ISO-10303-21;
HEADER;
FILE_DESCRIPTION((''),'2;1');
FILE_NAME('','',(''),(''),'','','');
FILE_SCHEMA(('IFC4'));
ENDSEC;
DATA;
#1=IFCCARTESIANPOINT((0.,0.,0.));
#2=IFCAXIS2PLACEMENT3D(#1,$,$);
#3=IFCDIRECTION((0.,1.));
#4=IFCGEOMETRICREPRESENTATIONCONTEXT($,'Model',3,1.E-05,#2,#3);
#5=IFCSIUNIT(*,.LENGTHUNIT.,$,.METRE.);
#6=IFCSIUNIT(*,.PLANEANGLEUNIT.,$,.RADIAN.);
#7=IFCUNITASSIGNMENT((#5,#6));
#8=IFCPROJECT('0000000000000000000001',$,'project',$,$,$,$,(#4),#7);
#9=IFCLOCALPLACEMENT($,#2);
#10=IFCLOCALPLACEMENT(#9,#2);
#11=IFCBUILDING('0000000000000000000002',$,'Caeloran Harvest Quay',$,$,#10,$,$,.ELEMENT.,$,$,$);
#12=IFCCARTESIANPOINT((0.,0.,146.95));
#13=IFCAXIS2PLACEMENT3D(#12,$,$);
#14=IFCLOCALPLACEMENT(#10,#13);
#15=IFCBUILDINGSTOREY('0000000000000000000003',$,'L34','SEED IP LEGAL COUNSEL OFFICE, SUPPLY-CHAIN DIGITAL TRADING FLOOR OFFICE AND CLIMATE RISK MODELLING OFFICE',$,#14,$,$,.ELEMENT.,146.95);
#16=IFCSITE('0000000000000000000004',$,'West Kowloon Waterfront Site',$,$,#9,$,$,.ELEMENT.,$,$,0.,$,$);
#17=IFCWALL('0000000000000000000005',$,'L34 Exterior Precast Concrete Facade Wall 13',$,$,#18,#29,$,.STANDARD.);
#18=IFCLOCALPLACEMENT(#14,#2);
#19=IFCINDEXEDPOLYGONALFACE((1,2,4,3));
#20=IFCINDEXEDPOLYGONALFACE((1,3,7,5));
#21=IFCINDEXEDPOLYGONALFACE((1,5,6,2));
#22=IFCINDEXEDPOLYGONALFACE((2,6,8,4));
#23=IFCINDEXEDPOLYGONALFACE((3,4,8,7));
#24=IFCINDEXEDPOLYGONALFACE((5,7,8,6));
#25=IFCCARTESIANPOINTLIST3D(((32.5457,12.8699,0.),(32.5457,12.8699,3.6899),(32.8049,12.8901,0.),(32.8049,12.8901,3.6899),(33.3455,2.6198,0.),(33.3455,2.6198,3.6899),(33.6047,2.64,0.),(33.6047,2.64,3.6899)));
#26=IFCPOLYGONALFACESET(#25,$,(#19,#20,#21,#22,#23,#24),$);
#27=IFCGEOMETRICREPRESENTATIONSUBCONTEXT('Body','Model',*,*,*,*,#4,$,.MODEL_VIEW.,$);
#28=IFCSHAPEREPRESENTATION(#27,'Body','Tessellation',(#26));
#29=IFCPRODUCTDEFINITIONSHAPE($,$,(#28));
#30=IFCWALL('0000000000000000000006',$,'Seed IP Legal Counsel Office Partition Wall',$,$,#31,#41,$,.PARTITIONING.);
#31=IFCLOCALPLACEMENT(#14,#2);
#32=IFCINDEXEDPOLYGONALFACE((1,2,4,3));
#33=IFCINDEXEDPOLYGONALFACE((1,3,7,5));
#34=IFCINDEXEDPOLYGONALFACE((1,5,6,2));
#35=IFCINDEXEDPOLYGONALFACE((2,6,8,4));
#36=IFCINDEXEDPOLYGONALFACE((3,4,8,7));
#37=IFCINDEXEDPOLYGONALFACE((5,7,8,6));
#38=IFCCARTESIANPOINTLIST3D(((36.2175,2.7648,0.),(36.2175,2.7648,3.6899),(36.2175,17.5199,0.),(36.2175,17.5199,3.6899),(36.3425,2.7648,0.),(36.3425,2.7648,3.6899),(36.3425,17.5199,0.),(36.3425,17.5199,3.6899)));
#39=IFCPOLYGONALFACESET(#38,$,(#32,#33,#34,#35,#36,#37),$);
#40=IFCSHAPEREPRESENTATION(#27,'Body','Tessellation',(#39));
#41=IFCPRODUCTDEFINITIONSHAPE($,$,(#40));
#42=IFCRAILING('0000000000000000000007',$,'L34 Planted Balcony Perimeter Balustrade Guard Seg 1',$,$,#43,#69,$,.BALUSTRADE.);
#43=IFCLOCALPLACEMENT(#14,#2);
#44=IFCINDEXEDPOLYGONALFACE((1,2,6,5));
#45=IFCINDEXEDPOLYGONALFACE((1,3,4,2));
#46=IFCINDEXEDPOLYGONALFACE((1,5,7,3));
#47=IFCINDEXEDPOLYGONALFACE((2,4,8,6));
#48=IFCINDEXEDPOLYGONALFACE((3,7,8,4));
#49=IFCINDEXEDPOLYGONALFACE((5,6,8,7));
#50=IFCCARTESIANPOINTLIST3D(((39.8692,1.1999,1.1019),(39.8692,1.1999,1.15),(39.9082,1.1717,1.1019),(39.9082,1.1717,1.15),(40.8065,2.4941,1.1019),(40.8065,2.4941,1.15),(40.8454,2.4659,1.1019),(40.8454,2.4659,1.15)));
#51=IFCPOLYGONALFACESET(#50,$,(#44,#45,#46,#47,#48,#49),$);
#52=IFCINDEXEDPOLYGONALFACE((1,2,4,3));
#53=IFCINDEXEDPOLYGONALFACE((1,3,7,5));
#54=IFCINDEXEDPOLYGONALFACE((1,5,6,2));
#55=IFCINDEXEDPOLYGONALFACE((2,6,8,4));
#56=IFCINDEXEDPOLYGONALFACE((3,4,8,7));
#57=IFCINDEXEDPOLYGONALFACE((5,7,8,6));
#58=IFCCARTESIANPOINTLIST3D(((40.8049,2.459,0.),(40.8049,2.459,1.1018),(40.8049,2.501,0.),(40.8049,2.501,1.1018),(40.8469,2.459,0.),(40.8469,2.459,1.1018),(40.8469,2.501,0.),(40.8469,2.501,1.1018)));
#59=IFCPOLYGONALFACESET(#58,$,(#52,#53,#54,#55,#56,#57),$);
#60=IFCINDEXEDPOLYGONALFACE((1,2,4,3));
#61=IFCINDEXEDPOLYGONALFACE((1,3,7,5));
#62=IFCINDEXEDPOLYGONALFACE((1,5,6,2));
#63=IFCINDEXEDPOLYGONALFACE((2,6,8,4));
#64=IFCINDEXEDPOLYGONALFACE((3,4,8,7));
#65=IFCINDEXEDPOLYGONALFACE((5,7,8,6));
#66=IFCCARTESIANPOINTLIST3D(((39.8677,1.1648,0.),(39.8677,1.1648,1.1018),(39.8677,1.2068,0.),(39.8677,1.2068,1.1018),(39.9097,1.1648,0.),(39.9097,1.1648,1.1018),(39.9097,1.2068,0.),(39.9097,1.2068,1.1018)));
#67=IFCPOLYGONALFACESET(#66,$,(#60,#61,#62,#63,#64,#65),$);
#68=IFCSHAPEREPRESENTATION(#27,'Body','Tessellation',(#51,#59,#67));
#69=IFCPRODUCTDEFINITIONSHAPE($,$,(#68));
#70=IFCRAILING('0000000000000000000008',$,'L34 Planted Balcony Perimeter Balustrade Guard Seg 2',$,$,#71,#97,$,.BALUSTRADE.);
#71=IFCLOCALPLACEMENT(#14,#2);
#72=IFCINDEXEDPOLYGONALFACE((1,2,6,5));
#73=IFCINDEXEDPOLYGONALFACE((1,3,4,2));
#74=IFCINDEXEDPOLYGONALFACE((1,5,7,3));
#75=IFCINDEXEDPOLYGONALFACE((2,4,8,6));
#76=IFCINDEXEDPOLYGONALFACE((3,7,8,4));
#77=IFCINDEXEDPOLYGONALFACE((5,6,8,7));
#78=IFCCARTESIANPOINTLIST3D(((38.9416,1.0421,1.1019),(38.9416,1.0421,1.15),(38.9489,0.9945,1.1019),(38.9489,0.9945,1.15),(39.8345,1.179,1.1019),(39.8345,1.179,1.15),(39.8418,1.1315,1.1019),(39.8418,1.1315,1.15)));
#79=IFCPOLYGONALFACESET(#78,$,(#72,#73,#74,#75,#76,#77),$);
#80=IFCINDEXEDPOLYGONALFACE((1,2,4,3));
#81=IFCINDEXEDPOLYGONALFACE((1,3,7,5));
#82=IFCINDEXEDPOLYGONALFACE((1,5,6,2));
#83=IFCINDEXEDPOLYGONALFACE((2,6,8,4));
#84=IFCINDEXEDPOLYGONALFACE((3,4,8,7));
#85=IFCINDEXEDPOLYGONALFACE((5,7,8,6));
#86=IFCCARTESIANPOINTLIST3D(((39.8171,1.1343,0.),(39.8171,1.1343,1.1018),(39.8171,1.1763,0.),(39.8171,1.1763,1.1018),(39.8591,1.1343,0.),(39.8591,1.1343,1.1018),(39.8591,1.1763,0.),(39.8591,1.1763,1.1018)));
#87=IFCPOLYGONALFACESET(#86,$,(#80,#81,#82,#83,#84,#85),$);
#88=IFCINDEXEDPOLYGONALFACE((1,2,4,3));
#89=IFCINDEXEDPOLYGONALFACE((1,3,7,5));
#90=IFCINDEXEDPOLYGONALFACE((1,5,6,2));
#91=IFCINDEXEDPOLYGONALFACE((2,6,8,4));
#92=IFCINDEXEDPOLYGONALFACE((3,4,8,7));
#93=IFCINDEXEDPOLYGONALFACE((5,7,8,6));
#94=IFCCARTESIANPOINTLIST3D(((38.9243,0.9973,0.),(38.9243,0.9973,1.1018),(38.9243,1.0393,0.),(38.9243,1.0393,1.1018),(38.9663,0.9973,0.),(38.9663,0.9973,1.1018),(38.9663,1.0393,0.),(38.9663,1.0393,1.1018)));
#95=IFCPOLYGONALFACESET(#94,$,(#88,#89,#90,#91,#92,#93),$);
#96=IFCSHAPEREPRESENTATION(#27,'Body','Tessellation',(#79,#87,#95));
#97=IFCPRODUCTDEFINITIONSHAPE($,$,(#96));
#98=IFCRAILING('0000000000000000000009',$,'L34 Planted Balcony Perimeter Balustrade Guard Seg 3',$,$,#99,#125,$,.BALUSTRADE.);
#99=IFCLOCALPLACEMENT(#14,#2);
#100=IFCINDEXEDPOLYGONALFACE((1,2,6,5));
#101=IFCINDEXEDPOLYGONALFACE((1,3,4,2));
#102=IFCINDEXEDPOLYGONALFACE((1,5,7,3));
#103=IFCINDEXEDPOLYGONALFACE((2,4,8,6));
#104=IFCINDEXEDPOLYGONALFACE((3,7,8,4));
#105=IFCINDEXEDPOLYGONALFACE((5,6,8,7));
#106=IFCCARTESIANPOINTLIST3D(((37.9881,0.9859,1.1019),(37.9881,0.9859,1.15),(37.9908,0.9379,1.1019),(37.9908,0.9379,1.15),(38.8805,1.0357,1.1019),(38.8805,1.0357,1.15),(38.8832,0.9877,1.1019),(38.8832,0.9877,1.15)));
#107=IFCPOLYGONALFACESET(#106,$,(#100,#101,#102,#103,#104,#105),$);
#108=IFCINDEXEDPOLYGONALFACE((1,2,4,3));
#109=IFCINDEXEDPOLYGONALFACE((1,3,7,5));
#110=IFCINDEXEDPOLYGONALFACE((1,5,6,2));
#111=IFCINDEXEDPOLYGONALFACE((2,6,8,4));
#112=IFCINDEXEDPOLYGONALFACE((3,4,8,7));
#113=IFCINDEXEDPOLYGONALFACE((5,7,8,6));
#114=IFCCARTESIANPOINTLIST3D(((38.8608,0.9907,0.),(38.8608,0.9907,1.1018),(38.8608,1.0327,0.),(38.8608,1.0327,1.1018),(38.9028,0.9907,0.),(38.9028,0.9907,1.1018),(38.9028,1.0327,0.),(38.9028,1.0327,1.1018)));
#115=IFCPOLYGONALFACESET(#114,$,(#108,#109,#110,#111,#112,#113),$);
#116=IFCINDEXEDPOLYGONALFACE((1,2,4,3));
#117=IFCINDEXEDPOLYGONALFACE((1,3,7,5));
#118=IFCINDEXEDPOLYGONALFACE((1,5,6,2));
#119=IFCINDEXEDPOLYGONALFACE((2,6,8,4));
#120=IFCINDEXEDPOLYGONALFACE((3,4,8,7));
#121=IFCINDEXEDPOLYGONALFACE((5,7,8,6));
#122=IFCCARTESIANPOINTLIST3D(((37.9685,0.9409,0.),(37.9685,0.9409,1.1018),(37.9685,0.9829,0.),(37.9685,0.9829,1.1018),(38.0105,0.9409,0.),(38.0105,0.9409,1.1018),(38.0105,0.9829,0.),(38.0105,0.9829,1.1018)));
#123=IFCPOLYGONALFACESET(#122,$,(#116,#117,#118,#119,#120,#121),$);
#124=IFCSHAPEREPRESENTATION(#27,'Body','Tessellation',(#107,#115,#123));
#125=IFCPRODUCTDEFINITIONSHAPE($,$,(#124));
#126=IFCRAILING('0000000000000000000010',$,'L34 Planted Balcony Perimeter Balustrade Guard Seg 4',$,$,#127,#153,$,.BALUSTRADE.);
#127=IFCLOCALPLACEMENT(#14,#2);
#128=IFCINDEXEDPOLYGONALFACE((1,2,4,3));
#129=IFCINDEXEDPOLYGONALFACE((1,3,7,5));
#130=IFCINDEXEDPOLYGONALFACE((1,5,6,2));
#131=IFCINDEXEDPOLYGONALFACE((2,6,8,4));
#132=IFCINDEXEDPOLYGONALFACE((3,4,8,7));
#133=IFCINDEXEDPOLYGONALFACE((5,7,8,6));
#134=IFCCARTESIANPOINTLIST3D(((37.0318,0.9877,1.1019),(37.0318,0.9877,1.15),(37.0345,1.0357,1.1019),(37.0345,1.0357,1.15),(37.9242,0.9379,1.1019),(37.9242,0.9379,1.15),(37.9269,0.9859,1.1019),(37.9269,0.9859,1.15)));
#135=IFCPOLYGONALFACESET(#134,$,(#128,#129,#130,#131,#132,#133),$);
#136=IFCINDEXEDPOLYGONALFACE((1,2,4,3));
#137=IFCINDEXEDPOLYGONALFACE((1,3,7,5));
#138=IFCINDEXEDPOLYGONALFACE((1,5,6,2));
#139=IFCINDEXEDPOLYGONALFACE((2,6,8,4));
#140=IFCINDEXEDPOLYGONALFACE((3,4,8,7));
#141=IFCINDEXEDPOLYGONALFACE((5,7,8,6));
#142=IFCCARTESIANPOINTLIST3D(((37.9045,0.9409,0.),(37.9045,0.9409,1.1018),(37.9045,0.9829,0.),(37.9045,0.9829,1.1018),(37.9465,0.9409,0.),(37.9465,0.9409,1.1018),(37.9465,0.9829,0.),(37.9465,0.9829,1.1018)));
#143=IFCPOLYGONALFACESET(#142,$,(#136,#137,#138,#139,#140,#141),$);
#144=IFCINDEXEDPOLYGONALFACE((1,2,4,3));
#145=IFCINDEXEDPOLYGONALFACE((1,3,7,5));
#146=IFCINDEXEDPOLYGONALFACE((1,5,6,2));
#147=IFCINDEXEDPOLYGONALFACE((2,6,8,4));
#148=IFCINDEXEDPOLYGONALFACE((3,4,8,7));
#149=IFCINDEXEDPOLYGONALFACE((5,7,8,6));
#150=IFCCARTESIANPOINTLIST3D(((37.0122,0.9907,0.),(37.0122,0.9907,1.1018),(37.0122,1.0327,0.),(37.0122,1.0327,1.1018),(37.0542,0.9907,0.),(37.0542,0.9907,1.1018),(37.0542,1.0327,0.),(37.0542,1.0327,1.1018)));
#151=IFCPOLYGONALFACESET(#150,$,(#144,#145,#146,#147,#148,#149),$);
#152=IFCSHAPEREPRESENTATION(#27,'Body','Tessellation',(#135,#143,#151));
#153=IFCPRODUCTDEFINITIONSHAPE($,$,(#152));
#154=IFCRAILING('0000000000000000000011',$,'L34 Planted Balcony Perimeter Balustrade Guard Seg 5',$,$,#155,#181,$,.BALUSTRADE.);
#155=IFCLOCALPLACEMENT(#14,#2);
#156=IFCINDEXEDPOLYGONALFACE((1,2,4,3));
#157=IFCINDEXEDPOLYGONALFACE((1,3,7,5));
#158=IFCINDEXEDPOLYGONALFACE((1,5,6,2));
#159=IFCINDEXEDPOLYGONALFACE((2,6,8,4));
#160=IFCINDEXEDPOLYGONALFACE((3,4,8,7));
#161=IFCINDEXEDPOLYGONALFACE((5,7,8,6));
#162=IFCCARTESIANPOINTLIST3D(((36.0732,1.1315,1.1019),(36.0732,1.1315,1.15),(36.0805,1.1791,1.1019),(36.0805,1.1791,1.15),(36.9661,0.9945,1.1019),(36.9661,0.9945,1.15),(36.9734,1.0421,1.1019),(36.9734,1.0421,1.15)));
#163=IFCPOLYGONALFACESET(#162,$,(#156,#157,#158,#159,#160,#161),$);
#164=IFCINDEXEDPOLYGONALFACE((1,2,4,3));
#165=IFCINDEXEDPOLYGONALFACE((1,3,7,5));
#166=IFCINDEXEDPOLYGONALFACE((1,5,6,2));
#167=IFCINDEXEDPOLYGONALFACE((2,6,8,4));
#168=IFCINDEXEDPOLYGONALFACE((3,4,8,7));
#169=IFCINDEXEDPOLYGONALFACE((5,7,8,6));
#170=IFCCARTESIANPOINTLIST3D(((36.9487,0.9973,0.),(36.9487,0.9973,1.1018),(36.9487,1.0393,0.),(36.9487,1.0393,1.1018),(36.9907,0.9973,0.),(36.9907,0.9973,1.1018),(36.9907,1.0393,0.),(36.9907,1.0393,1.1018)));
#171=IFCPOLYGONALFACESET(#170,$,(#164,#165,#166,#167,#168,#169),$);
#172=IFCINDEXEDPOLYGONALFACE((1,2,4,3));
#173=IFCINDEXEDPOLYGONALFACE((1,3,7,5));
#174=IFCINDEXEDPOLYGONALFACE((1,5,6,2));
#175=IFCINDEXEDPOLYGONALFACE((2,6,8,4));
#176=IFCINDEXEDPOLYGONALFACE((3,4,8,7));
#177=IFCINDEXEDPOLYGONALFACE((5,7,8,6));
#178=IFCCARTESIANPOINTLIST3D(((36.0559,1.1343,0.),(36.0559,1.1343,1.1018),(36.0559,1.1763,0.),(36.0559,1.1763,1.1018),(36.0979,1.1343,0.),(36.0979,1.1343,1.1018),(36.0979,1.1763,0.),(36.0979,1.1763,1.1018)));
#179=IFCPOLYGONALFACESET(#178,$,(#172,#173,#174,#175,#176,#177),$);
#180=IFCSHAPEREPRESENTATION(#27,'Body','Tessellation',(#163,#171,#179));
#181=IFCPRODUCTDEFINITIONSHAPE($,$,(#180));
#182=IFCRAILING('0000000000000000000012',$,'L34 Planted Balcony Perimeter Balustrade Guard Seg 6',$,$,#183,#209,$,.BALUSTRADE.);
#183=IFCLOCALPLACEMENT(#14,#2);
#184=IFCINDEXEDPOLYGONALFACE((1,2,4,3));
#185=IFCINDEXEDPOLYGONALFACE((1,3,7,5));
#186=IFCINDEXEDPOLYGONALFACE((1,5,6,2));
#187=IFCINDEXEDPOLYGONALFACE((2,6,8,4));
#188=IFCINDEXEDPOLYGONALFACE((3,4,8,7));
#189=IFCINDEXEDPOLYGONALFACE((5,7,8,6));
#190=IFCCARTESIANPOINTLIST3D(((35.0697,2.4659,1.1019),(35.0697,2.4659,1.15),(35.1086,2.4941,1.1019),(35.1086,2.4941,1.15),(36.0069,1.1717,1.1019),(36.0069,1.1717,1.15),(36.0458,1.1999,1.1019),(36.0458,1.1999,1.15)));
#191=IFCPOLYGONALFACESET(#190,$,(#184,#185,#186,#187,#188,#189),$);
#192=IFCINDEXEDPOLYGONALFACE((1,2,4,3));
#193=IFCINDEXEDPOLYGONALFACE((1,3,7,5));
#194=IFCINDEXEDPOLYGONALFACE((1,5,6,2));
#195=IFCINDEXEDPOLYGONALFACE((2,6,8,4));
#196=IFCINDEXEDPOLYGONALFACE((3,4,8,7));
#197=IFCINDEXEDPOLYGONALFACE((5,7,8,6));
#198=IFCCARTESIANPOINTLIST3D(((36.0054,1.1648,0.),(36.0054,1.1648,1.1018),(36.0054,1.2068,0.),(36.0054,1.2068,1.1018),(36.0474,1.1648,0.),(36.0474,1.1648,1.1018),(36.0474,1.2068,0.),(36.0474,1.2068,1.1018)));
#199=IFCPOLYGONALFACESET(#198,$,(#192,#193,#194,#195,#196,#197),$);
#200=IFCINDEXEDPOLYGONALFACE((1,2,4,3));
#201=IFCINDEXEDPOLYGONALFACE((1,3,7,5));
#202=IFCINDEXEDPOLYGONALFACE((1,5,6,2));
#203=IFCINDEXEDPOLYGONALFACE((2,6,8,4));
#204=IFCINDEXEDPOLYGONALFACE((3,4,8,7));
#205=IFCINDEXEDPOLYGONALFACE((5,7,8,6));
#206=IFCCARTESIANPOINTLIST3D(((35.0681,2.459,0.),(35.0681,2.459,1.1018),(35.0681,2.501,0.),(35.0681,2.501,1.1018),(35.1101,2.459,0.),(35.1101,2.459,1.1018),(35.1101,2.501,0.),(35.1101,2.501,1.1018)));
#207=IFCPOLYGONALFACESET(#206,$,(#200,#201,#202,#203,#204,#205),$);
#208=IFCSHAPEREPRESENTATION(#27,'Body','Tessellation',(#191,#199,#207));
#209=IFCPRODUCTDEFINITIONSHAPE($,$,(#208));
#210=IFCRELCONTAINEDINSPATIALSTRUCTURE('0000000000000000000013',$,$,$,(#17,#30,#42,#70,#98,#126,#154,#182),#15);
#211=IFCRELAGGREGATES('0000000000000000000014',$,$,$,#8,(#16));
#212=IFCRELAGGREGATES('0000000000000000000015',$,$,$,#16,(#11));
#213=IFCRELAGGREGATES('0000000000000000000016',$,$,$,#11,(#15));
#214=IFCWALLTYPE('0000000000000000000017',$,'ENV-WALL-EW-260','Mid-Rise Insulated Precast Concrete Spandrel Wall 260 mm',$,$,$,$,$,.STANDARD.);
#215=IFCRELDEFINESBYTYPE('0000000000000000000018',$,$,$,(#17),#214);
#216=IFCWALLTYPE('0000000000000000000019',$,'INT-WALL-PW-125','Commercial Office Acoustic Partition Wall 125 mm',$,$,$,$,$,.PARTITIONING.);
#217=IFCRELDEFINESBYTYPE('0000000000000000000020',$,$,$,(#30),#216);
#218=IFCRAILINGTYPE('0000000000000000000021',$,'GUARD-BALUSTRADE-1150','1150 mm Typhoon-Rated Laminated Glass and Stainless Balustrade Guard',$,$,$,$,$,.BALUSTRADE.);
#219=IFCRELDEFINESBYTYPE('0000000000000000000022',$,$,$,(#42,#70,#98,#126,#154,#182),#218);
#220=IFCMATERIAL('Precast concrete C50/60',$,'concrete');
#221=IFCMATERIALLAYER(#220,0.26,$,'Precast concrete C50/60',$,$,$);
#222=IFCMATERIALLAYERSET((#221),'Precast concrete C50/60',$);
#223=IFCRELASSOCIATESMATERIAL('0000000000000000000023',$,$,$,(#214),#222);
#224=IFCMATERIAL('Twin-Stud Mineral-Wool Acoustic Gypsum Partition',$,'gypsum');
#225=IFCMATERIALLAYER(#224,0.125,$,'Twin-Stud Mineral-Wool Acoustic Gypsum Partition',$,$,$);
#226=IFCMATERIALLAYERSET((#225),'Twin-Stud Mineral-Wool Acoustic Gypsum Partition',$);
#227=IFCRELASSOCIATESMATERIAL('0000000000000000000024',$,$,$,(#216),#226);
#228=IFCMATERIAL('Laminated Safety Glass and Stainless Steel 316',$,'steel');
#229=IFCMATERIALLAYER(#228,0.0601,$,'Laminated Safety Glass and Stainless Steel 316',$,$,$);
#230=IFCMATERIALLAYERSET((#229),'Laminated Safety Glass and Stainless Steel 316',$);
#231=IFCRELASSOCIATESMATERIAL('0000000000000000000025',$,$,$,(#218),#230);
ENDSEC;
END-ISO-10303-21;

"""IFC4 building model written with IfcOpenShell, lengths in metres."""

from ifc_helpers import new_model, si_unit, direction, frame, frame_2d, origin, origin_2d, place, context, subcontext, project, spatial, rectangle, extrude, material, layer, layer_set, type_object, element, save


model = new_model("IFC4")

# Units and contexts
model_context = context("Model", 3, precision=1e-05, world=origin(), true_north=direction((0.0, 1.0)))
body_context = subcontext(model_context, "Body", "Model", "MODEL_VIEW")
ifc_project = project(units=[si_unit("LENGTHUNIT", "METRE"), si_unit("PLANEANGLEUNIT", "RADIAN")], contexts=[model_context])

# Site, building, storey
site_placement = place(None, origin())
site = spatial("IfcSite", under=ifc_project, at=site_placement, Name="West Kowloon Waterfront Site", CompositionType="ELEMENT", RefElevation=0.0)
building_placement = place(site_placement, origin())
building = spatial("IfcBuilding", under=site, at=building_placement, Name="Caeloran Harvest Quay", CompositionType="ELEMENT")
storey_placement = place(building_placement, frame((0.0, 0.0, 146.95)))
storey = spatial("IfcBuildingStorey", under=building, at=storey_placement, Name="L34", Description="SEED IP LEGAL COUNSEL OFFICE, SUPPLY-CHAIN DIGITAL TRADING FLOOR OFFICE AND CLIMATE RISK MODELLING OFFICE", CompositionType="ELEMENT", Elevation=146.95)

# Shared definitions
ifc_material_1 = material(Name="Precast concrete C50/60", Category="concrete")

# Shared definitions
ifc_layer_1 = layer(ifc_material_1, 0.26, Name="Precast concrete C50/60")
ifc_layer_set_1 = layer_set([ifc_layer_1], Name="Precast concrete C50/60")
wall_type_1 = type_object("IfcWallType", Name="ENV-WALL-EW-260", Description="Mid-Rise Insulated Precast Concrete Spandrel Wall 260 mm", PredefinedType="STANDARD", material=ifc_layer_set_1)

# Walls
wall_1_placement = place(storey_placement, frame((33.4751, 2.6299, 0.0), z_axis=(0.0, 0.0, 1.0), x_axis=(-0.077793, 0.99697, 0.0)))
element("IfcWall", 1, at=wall_1_placement, inside=storey, type_object=wall_type_1, Name="L34 Exterior Precast Concrete Facade Wall 13", PredefinedType="STANDARD", context=body_context, shape_type="SweptSolid", body=[
    extrude(rectangle(XDim=10.2812, YDim=0.26, at=frame_2d((5.1406, 0.0))), origin(), (0.0, 0.0, 1.0), 3.6899),
])
ifc_material_2 = material(Name="Twin-Stud Mineral-Wool Acoustic Gypsum Partition", Category="gypsum")
ifc_layer_2 = layer(ifc_material_2, 0.125, Name="Twin-Stud Mineral-Wool Acoustic Gypsum Partition")
ifc_layer_set_2 = layer_set([ifc_layer_2], Name="Twin-Stud Mineral-Wool Acoustic Gypsum Partition")
wall_type_2 = type_object("IfcWallType", Name="INT-WALL-PW-125", Description="Commercial Office Acoustic Partition Wall 125 mm", PredefinedType="PARTITIONING", material=ifc_layer_set_2)
wall_2_placement = place(storey_placement, frame((36.28, 2.7649, 0.0), z_axis=(0.0, 0.0, 1.0), x_axis=(0.0, 1.0, 0.0)))
element("IfcWall", 2, at=wall_2_placement, inside=storey, type_object=wall_type_2, Name="Seed IP Legal Counsel Office Partition Wall", PredefinedType="PARTITIONING", context=body_context, shape_type="SweptSolid", body=[
    extrude(rectangle(XDim=14.7551, YDim=0.125, at=frame_2d((7.3774, 0.0))), origin(), (0.0, 0.0, 1.0), 3.6899),
])

# Railings
ifc_material_3 = material(Name="Laminated Safety Glass and Stainless Steel 316", Category="steel")
ifc_layer_3 = layer(ifc_material_3, 0.0601, Name="Laminated Safety Glass and Stainless Steel 316")
ifc_layer_set_3 = layer_set([ifc_layer_3], Name="Laminated Safety Glass and Stainless Steel 316")
railing_type = type_object("IfcRailingType", Name="GUARD-BALUSTRADE-1150", Description="1150 mm Typhoon-Rated Laminated Glass and Stainless Balustrade Guard", PredefinedType="BALUSTRADE", material=ifc_layer_set_3)
railing_1_placement = place(storey_placement, frame((40.8259, 2.48, 0.0)))
element("IfcRailing", 3, at=railing_1_placement, inside=storey, type_object=railing_type, Name="L34 Planted Balcony Perimeter Balustrade Guard Seg 1", PredefinedType="BALUSTRADE", context=body_context, shape_type="SweptSolid", body=[
    extrude(rectangle(XDim=0.0481, YDim=0.0481, at=origin_2d()), frame((0.0, 0.0, 1.126), z_axis=(-0.586544, -0.809917, 0.0), x_axis=(0.809917, -0.586544, 0.0)), (0.0, 0.0, 1.0), 1.5979),
    extrude(rectangle(XDim=0.042, YDim=0.042, at=origin_2d()), origin(), (0.0, 0.0, 1.0), 1.1018),
    extrude(rectangle(XDim=0.042, YDim=0.042, at=origin_2d()), frame((-0.9373, -1.2942, 0.0)), (0.0, 0.0, 1.0), 1.1018),
])
railing_2_placement = place(storey_placement, frame((39.8381, 1.1553, 0.0)))
element("IfcRailing", 4, at=railing_2_placement, inside=storey, type_object=railing_type, Name="L34 Planted Balcony Perimeter Balustrade Guard Seg 2", PredefinedType="BALUSTRADE", context=body_context, shape_type="SweptSolid", body=[
    extrude(rectangle(XDim=0.0481, YDim=0.0481, at=origin_2d()), frame((0.0, 0.0, 1.126), z_axis=(-0.988437, -0.151631, 0.0), x_axis=(0.151631, -0.988437, 0.0)), (0.0, 0.0, 1.0), 0.9033),
    extrude(rectangle(XDim=0.042, YDim=0.042, at=origin_2d()), origin(), (0.0, 0.0, 1.0), 1.1018),
    extrude(rectangle(XDim=0.042, YDim=0.042, at=origin_2d()), frame((-0.8928, -0.137, 0.0)), (0.0, 0.0, 1.0), 1.1018),
])
railing_3_placement = place(storey_placement, frame((38.8818, 1.0117, 0.0)))
element("IfcRailing", 5, at=railing_3_placement, inside=storey, type_object=railing_type, Name="L34 Planted Balcony Perimeter Balustrade Guard Seg 3", PredefinedType="BALUSTRADE", context=body_context, shape_type="SweptSolid", body=[
    extrude(rectangle(XDim=0.0481, YDim=0.0481, at=origin_2d()), frame((0.0, 0.0, 1.126), z_axis=(-0.998446, -0.055727, 0.0), x_axis=(0.055727, -0.998446, 0.0)), (0.0, 0.0, 1.0), 0.8938),
    extrude(rectangle(XDim=0.042, YDim=0.042, at=origin_2d()), origin(), (0.0, 0.0, 1.0), 1.1018),
    extrude(rectangle(XDim=0.042, YDim=0.042, at=origin_2d()), frame((-0.8923, -0.0498, 0.0)), (0.0, 0.0, 1.0), 1.1018),
])
railing_4_placement = place(storey_placement, frame((37.9255, 0.9619, 0.0)))
element("IfcRailing", 6, at=railing_4_placement, inside=storey, type_object=railing_type, Name="L34 Planted Balcony Perimeter Balustrade Guard Seg 4", PredefinedType="BALUSTRADE", context=body_context, shape_type="SweptSolid", body=[
    extrude(rectangle(XDim=0.0481, YDim=0.0481, at=origin_2d()), frame((0.0, 0.0, 1.126), z_axis=(-0.998446, 0.055727, 0.0), x_axis=(-0.055727, -0.998446, 0.0)), (0.0, 0.0, 1.0), 0.8938),
    extrude(rectangle(XDim=0.042, YDim=0.042, at=origin_2d()), origin(), (0.0, 0.0, 1.0), 1.1018),
    extrude(rectangle(XDim=0.042, YDim=0.042, at=origin_2d()), frame((-0.8923, 0.0498, 0.0)), (0.0, 0.0, 1.0), 1.1018),
])
railing_5_placement = place(storey_placement, frame((36.9697, 1.0183, 0.0)))
element("IfcRailing", 7, at=railing_5_placement, inside=storey, type_object=railing_type, Name="L34 Planted Balcony Perimeter Balustrade Guard Seg 5", PredefinedType="BALUSTRADE", context=body_context, shape_type="SweptSolid", body=[
    extrude(rectangle(XDim=0.0481, YDim=0.0481, at=origin_2d()), frame((0.0, 0.0, 1.126), z_axis=(-0.988437, 0.151631, 0.0), x_axis=(-0.151631, -0.988437, 0.0)), (0.0, 0.0, 1.0), 0.9033),
    extrude(rectangle(XDim=0.042, YDim=0.042, at=origin_2d()), origin(), (0.0, 0.0, 1.0), 1.1018),
    extrude(rectangle(XDim=0.042, YDim=0.042, at=origin_2d()), frame((-0.8928, 0.137, 0.0)), (0.0, 0.0, 1.0), 1.1018),
])
railing_6_placement = place(storey_placement, frame((36.0264, 1.1858, 0.0)))
element("IfcRailing", 8, at=railing_6_placement, inside=storey, type_object=railing_type, Name="L34 Planted Balcony Perimeter Balustrade Guard Seg 6", PredefinedType="BALUSTRADE", context=body_context, shape_type="SweptSolid", body=[
    extrude(rectangle(XDim=0.0481, YDim=0.0481, at=origin_2d()), frame((0.0, 0.0, 1.126), z_axis=(-0.586544, 0.809917, 0.0), x_axis=(-0.809917, -0.586544, 0.0)), (0.0, 0.0, 1.0), 1.5979),
    extrude(rectangle(XDim=0.042, YDim=0.042, at=origin_2d()), origin(), (0.0, 0.0, 1.0), 1.1018),
    extrude(rectangle(XDim=0.042, YDim=0.042, at=origin_2d()), frame((-0.9373, 1.2942, 0.0)), (0.0, 0.0, 1.0), 1.1018),
])

save(model, "model.ifc")
